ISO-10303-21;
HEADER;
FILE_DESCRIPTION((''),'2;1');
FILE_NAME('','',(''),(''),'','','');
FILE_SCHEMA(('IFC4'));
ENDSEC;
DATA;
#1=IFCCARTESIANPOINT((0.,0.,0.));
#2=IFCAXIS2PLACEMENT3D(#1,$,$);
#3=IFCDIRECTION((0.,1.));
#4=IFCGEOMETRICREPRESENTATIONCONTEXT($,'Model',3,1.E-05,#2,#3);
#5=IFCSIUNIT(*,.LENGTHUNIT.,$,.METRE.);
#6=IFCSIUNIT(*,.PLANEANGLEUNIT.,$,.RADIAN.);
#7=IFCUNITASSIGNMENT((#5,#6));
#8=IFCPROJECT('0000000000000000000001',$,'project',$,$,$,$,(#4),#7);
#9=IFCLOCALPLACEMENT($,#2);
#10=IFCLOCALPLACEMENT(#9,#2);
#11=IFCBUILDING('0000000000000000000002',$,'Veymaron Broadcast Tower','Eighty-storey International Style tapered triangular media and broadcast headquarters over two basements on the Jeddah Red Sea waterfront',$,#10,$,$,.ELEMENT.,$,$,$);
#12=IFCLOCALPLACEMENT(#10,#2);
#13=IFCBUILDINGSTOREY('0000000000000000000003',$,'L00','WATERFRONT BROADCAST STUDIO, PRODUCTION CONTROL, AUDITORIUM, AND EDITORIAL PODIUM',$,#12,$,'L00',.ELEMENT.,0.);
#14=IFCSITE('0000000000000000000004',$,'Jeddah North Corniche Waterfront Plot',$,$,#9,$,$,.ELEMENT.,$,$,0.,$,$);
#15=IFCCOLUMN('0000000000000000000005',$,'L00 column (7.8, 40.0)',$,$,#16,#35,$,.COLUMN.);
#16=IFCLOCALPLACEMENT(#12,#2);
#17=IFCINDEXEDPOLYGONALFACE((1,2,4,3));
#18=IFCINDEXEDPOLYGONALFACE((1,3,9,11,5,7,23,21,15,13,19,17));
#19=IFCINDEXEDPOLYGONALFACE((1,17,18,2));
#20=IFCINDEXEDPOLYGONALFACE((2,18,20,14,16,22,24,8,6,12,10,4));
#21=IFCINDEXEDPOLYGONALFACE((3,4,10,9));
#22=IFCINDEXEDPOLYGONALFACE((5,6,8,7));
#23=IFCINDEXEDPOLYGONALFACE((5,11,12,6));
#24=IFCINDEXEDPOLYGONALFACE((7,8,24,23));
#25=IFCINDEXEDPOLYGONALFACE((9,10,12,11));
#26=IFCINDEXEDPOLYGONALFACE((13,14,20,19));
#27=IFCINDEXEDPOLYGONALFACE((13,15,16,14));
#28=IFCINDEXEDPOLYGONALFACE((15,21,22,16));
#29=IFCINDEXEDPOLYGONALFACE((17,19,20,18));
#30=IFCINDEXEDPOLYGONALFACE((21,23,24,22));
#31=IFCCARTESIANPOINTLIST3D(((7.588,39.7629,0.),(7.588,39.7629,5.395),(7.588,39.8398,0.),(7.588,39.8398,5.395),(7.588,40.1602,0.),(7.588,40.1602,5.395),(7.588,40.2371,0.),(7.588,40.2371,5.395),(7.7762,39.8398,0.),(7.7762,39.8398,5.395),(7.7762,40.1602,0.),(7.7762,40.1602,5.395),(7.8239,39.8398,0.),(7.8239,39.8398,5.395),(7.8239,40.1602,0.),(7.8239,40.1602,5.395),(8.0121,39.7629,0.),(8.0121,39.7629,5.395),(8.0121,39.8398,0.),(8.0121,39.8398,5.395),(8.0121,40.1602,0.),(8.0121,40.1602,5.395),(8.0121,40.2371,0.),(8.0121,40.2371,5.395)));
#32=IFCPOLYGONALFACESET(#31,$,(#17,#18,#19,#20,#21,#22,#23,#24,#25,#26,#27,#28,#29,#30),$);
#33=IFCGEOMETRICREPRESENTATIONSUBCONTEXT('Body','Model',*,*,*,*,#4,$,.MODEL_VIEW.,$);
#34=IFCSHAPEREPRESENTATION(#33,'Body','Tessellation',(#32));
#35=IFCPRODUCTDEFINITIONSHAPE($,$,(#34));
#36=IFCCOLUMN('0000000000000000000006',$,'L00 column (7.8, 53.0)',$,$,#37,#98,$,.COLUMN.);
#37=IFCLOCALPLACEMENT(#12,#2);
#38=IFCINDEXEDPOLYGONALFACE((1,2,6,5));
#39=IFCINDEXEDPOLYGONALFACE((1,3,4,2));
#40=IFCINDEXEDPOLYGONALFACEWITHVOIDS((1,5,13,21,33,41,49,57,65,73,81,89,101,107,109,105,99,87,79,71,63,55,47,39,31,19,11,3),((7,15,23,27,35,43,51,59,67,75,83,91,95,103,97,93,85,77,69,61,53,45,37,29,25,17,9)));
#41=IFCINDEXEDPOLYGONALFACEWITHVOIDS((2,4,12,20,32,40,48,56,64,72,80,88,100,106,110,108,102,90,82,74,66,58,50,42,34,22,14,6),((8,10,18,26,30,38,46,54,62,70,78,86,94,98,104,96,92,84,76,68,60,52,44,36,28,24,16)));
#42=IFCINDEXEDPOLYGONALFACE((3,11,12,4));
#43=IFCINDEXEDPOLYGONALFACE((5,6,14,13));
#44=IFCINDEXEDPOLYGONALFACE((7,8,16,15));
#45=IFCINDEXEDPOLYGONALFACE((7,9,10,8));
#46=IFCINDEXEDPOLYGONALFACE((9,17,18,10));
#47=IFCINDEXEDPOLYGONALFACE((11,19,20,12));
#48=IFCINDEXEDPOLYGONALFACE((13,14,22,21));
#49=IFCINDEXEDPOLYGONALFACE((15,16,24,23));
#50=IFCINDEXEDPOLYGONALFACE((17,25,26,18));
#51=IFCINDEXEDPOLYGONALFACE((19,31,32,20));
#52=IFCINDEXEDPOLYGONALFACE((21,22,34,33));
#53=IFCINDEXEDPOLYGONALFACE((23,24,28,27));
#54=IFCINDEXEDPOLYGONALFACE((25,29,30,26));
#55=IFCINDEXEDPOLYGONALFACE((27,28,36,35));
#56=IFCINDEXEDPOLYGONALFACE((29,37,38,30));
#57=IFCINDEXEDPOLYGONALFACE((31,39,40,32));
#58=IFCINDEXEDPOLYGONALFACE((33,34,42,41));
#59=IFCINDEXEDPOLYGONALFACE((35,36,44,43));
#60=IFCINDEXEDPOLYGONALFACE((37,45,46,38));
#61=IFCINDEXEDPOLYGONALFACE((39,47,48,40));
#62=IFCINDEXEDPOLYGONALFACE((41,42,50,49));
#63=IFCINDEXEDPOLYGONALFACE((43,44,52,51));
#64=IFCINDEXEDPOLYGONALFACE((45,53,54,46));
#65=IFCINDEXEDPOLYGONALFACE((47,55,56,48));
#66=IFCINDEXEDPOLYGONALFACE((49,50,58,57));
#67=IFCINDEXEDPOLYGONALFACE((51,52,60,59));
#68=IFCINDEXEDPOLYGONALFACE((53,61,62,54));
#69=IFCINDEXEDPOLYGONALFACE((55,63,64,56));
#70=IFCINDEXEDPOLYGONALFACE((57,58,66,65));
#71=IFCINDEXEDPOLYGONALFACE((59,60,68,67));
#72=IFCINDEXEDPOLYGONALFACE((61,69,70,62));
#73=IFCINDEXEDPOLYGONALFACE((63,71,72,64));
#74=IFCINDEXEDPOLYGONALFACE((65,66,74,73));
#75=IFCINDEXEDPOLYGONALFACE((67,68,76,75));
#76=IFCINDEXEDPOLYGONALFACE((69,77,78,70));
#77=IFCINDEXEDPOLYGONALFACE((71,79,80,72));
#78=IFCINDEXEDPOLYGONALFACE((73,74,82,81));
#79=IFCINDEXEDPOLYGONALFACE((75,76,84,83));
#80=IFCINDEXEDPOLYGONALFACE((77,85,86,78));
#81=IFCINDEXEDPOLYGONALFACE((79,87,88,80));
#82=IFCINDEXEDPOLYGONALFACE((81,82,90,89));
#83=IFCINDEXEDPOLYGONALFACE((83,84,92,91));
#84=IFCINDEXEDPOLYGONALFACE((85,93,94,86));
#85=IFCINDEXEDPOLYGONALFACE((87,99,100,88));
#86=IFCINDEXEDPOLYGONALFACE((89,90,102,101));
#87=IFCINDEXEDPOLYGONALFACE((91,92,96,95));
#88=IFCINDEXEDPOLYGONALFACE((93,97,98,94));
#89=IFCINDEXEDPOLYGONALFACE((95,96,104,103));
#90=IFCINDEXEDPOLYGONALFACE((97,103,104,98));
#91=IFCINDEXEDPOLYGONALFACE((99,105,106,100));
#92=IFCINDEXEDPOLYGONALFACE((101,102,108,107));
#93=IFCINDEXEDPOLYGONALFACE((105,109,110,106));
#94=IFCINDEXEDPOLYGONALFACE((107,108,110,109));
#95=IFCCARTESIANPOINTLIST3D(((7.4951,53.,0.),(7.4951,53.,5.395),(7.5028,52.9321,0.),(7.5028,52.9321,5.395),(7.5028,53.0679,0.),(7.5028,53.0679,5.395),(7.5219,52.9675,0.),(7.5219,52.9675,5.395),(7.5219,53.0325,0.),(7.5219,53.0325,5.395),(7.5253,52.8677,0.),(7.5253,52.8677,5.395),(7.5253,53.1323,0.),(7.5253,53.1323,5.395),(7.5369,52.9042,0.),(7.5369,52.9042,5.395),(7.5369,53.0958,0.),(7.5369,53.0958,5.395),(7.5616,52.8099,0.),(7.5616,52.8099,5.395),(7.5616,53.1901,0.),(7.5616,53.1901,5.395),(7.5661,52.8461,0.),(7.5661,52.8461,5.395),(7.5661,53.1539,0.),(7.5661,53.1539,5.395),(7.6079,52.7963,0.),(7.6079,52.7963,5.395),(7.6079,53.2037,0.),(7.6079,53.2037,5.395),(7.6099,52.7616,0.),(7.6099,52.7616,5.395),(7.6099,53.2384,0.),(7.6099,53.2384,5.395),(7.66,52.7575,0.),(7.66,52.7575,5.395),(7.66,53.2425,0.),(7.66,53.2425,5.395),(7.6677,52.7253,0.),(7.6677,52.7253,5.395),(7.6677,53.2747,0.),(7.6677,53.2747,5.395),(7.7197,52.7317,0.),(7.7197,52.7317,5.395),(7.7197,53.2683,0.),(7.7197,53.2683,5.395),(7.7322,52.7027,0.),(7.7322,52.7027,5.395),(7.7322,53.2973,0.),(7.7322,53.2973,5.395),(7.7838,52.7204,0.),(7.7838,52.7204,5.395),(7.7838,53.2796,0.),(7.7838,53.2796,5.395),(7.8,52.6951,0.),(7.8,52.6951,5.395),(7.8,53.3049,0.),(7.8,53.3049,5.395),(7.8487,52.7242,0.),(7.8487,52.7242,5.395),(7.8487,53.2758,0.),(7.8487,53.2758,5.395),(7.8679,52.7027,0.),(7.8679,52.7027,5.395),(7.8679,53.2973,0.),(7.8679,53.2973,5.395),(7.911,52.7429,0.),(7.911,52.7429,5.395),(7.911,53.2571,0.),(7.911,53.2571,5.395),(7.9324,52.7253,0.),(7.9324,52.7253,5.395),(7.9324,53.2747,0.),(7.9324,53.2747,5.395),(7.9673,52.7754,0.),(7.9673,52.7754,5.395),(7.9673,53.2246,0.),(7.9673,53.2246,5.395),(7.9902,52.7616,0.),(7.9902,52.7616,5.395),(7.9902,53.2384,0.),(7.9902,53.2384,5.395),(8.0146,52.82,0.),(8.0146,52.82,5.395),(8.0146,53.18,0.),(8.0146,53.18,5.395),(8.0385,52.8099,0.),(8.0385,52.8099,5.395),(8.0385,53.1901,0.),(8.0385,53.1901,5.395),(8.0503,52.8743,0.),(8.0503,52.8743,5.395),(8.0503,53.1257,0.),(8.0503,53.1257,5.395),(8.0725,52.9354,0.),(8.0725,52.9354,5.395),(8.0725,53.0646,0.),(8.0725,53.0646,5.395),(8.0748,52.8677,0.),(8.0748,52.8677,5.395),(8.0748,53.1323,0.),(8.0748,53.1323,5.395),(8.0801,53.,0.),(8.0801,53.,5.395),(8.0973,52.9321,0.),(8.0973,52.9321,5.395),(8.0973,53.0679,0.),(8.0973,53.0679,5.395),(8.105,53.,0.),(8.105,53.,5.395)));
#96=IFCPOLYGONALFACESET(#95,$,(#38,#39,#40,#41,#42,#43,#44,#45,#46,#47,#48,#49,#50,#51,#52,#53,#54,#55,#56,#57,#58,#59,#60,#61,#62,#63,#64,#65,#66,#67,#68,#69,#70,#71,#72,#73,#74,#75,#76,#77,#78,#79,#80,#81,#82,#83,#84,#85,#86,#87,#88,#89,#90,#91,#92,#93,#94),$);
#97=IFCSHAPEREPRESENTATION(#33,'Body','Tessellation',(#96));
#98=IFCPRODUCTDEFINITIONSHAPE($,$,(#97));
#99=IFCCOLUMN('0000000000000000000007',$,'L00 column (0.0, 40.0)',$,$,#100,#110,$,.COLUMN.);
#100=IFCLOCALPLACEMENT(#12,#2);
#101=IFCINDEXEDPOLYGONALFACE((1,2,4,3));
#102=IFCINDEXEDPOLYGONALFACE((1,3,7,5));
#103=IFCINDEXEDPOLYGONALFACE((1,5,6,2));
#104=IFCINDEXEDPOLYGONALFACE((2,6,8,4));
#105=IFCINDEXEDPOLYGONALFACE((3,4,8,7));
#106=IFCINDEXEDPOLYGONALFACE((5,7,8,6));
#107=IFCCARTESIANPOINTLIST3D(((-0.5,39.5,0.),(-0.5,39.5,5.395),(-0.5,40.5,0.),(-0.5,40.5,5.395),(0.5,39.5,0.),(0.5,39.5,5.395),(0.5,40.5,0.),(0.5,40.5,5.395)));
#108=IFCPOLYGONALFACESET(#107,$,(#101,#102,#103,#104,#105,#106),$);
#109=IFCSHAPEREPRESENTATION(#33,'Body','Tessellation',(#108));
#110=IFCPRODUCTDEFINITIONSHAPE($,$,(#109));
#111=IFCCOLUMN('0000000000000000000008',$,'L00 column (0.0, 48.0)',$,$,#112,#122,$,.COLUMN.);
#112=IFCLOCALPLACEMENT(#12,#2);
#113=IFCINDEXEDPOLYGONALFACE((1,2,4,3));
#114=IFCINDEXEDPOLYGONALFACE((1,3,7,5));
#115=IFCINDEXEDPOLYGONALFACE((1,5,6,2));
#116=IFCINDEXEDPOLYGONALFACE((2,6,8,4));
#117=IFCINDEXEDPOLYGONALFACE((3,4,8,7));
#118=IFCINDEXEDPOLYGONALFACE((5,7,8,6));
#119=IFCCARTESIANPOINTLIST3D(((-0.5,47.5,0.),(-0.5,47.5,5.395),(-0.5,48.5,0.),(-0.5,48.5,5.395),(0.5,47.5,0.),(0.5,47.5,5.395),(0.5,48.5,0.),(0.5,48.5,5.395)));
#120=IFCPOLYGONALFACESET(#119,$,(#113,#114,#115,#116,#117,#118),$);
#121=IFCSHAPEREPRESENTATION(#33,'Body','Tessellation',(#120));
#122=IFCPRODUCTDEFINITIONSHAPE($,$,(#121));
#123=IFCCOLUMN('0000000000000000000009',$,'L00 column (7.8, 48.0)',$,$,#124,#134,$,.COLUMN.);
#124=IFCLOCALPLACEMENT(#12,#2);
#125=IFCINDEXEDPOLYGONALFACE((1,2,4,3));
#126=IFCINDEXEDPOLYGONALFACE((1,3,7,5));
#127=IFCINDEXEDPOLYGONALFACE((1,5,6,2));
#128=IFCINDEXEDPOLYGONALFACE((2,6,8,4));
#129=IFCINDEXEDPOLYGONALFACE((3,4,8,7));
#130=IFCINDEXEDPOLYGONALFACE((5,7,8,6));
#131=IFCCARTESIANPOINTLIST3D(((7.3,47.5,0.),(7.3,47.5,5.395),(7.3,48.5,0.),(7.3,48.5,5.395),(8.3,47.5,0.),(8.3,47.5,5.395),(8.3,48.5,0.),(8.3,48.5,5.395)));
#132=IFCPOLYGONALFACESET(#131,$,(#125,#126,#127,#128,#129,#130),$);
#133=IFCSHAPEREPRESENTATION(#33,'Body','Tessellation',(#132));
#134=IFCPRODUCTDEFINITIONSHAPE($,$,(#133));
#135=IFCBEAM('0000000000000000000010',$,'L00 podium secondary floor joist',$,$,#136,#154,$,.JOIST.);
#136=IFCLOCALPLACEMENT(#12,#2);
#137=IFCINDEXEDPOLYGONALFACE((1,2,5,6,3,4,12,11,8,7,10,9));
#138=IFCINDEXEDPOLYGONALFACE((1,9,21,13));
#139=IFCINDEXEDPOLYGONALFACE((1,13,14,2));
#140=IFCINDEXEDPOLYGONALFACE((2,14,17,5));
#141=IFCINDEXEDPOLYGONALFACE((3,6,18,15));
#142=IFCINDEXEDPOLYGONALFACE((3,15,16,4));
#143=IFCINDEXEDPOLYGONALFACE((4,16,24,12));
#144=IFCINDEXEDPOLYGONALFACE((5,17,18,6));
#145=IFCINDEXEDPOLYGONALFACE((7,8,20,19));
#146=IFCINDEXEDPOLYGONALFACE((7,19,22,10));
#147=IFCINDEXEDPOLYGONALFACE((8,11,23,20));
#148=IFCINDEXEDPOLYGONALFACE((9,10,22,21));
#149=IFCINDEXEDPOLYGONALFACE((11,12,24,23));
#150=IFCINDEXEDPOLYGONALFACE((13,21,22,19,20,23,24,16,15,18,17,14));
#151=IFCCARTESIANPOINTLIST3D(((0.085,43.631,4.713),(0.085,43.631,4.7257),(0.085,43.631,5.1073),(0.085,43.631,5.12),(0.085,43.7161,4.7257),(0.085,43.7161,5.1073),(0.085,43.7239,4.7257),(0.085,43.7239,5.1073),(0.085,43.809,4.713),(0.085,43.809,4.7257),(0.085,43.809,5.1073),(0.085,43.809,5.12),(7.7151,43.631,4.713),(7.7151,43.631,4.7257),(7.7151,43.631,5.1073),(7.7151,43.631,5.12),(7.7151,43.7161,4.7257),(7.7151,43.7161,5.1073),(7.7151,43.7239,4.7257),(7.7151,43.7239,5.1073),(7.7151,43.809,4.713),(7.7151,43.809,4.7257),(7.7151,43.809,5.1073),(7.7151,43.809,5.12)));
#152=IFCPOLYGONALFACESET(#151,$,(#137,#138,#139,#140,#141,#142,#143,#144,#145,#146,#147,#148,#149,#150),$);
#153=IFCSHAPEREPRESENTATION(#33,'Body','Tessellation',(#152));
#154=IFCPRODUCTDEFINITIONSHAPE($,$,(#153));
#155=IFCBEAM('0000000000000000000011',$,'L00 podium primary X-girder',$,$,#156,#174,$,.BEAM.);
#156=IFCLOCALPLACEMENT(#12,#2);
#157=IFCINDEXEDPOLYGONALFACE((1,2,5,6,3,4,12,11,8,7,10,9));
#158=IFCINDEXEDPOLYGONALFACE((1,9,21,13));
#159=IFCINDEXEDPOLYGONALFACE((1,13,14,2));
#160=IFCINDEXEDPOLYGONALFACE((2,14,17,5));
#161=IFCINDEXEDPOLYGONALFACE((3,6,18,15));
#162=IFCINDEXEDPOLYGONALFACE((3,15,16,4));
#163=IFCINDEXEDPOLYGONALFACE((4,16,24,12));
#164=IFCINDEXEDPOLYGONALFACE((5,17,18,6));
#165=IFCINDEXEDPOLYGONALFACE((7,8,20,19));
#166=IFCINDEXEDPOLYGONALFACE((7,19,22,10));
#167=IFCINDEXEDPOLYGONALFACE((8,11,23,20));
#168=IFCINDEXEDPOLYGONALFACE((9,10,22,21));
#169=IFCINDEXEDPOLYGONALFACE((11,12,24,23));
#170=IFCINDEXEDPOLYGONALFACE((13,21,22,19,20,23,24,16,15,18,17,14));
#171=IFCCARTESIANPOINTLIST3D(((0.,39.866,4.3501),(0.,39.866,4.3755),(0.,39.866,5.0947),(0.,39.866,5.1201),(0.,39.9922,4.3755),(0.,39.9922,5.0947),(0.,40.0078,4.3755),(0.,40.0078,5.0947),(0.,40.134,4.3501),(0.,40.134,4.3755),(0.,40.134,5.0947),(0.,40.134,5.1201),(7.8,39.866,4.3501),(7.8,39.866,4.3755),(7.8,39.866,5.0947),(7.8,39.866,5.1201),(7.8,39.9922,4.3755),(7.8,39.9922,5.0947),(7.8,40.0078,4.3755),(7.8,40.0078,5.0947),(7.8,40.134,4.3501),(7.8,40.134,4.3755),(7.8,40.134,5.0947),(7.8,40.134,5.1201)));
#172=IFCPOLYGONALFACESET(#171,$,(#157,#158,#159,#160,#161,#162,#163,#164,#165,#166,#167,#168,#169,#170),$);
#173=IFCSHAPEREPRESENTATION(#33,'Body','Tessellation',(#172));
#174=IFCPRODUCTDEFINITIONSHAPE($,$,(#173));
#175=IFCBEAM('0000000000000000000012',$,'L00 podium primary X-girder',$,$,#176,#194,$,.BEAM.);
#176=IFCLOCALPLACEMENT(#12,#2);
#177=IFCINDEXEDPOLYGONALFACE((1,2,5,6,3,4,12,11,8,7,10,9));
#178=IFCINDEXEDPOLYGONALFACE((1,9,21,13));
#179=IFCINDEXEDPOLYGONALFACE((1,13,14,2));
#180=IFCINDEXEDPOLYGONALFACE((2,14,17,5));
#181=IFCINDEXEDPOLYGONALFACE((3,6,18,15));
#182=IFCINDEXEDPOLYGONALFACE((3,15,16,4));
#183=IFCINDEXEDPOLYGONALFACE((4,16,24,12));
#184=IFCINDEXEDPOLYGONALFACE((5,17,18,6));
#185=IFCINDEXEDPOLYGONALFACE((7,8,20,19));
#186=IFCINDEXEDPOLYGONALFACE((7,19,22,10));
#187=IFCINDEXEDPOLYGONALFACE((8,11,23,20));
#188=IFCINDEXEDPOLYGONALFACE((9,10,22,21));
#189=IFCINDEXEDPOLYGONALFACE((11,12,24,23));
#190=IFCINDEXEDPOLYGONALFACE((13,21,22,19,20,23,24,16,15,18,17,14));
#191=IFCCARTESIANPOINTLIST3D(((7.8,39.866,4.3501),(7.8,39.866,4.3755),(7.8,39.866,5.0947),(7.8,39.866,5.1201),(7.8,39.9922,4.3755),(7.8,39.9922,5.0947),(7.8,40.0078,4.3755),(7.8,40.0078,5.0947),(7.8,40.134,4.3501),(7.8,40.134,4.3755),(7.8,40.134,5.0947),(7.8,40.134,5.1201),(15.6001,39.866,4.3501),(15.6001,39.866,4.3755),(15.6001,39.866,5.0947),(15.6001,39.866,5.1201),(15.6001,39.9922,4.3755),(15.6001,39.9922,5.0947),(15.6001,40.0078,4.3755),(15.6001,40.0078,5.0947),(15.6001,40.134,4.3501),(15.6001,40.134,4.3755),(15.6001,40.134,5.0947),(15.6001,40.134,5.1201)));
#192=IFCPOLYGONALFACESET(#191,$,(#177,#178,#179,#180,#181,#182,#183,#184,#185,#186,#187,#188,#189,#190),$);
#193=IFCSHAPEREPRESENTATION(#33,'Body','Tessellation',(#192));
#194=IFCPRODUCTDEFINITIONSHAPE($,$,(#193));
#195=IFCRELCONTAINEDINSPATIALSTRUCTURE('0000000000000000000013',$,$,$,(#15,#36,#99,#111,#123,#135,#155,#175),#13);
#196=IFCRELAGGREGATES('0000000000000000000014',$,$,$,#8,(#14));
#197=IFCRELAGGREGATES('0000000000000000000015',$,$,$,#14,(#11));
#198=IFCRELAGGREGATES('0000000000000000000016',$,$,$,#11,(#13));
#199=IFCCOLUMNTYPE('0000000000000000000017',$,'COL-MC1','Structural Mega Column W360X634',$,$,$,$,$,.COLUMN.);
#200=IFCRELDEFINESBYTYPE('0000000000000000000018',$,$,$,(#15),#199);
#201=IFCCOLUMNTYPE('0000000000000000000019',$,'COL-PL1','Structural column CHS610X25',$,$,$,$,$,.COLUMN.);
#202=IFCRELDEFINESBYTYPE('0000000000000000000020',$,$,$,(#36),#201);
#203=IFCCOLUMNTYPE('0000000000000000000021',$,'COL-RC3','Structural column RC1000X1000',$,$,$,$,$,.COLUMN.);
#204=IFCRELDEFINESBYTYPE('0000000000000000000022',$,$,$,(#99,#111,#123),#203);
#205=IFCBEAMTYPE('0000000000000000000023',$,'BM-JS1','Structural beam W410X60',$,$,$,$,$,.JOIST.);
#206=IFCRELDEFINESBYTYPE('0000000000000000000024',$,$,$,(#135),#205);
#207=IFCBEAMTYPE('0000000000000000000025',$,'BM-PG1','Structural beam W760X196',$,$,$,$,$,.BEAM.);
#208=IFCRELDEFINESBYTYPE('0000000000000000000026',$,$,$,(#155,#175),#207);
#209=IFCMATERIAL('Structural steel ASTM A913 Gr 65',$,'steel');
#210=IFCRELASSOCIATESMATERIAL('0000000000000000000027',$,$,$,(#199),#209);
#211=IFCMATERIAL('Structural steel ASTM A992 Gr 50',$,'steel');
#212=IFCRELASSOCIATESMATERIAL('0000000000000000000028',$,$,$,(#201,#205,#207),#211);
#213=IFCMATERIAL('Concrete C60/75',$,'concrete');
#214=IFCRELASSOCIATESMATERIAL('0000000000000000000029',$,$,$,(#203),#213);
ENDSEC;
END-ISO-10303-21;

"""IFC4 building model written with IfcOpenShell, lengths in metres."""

from ifc_helpers import new_model, si_unit, direction, frame, origin, origin_2d, place, context, subcontext, project, spatial, rectangle, hollow_circle, i_section, extrude, material, material_profile, profile_set, type_object, element, save


model = new_model("IFC4")

# Units and contexts
model_context = context("Model", 3, precision=1e-05, world=origin(), true_north=direction((0.0, 1.0)))
body_context = subcontext(model_context, "Body", "Model", "MODEL_VIEW")
ifc_project = project(units=[si_unit("LENGTHUNIT", "METRE"), si_unit("PLANEANGLEUNIT", "RADIAN")], contexts=[model_context])

# Site, building, storey
site_placement = place(None, origin())
site = spatial("IfcSite", under=ifc_project, at=site_placement, Name="Jeddah North Corniche Waterfront Plot", CompositionType="ELEMENT", RefElevation=0.0)
building_placement = place(site_placement, origin())
building = spatial("IfcBuilding", under=site, at=building_placement, Name="Veymaron Broadcast Tower", Description="Eighty-storey International Style tapered triangular media and broadcast headquarters over two basements on the Jeddah Red Sea waterfront", CompositionType="ELEMENT")
storey_placement = place(building_placement, origin())
storey = spatial("IfcBuildingStorey", under=building, at=storey_placement, Name="L00", Description="WATERFRONT BROADCAST STUDIO, PRODUCTION CONTROL, AUDITORIUM, AND EDITORIAL PODIUM", LongName="L00", CompositionType="ELEMENT", Elevation=0.0)

# Columns
ifc_material_1 = material(Name="Structural steel ASTM A913 Gr 65", Category="steel")
ifc_material_profile_1 = material_profile(ifc_material_1, i_section(OverallWidth=0.4241, OverallDepth=0.4741, WebThickness=0.0476, FlangeThickness=0.0769, at=origin_2d()), Name="W360X634")
ifc_profile_set_1 = profile_set([ifc_material_profile_1], Name="Structural steel ASTM A913 Gr 65")
column_type_1 = type_object("IfcColumnType", Name="COL-MC1", Description="Structural Mega Column W360X634", PredefinedType="COLUMN", material=ifc_profile_set_1)
column_1_placement = place(storey_placement, frame((7.8, 40.0, 0.0), z_axis=(0.0, 0.0, 1.0), x_axis=(1.0, 0.0, 0.0)))
element("IfcColumn", 1, at=column_1_placement, inside=storey, type_object=column_type_1, Name="L00 column (7.8, 40.0)", PredefinedType="COLUMN", context=body_context, shape_type="SweptSolid", body=[
    extrude(i_section(OverallWidth=0.4241, OverallDepth=0.4741, WebThickness=0.0476, FlangeThickness=0.0769, at=origin_2d()), origin(), (0.0, 0.0, 1.0), 5.395),
])
ifc_material_2 = material(Name="Structural steel ASTM A992 Gr 50", Category="steel")
ifc_material_profile_2 = material_profile(ifc_material_2, hollow_circle(Radius=0.3049, WallThickness=0.0249, at=origin_2d()), Name="CHS610X25")
ifc_profile_set_2 = profile_set([ifc_material_profile_2], Name="Structural steel ASTM A992 Gr 50")
column_type_2 = type_object("IfcColumnType", Name="COL-PL1", Description="Structural column CHS610X25", PredefinedType="COLUMN", material=ifc_profile_set_2)
column_2_placement = place(storey_placement, frame((7.8, 53.0, 0.0), z_axis=(0.0, 0.0, 1.0), x_axis=(1.0, 0.0, 0.0)))
element("IfcColumn", 2, at=column_2_placement, inside=storey, type_object=column_type_2, Name="L00 column (7.8, 53.0)", PredefinedType="COLUMN", context=body_context, shape_type="SweptSolid", body=[
    extrude(hollow_circle(Radius=0.3049, WallThickness=0.0249, at=origin_2d()), origin(), (0.0, 0.0, 1.0), 5.395),
])
ifc_material_3 = material(Name="Concrete C60/75", Category="concrete")
ifc_material_profile_3 = material_profile(ifc_material_3, rectangle(XDim=1.0, YDim=1.0, at=origin_2d()), Name="RC1000X1000")
ifc_profile_set_3 = profile_set([ifc_material_profile_3], Name="Concrete C60/75")
column_type_3 = type_object("IfcColumnType", Name="COL-RC3", Description="Structural column RC1000X1000", PredefinedType="COLUMN", material=ifc_profile_set_3)
for number, where, z_axis, x_axis, name in (
    (3, (0.0, 40.0, 0.0), (0.0, 0.0, 1.0), (1.0, 0.0, 0.0), "L00 column (0.0, 40.0)"),
    (4, (0.0, 48.0, 0.0), (0.0, 0.0, 1.0), (1.0, 0.0, 0.0), "L00 column (0.0, 48.0)"),
    (5, (7.8, 48.0, 0.0), (0.0, 0.0, 1.0), (1.0, 0.0, 0.0), "L00 column (7.8, 48.0)"),
):
    element("IfcColumn", number, at=place(storey_placement, frame(where, z_axis=z_axis, x_axis=x_axis)), inside=storey, type_object=column_type_3, Name=name, PredefinedType="COLUMN", context=body_context, shape_type="SweptSolid", body=[
        extrude(rectangle(XDim=1.0, YDim=1.0, at=origin_2d()), origin(), (0.0, 0.0, 1.0), 5.395),
    ])

# Beams
ifc_material_profile_4 = material_profile(ifc_material_2, i_section(OverallWidth=0.178, OverallDepth=0.407, WebThickness=0.0078, FlangeThickness=0.0127, at=origin_2d()), Name="W410X60")
ifc_profile_set_4 = profile_set([ifc_material_profile_4], Name="Structural steel ASTM A992 Gr 50")
beam_type_1 = type_object("IfcBeamType", Name="BM-JS1", Description="Structural beam W410X60", PredefinedType="JOIST", material=ifc_profile_set_4)
beam_1_placement = place(storey_placement, frame((0.085, 43.72, 4.9165), z_axis=(1.0, 0.0, 0.0), x_axis=(0.0, 1.0, 0.0)))
element("IfcBeam", 6, at=beam_1_placement, inside=storey, type_object=beam_type_1, Name="L00 podium secondary floor joist", PredefinedType="JOIST", context=body_context, shape_type="SweptSolid", body=[
    extrude(i_section(OverallWidth=0.178, OverallDepth=0.407, WebThickness=0.0078, FlangeThickness=0.0127, at=origin_2d()), origin(), (0.0, 0.0, 1.0), 7.6301),
])
ifc_material_profile_5 = material_profile(ifc_material_2, i_section(OverallWidth=0.2681, OverallDepth=0.77, WebThickness=0.0156, FlangeThickness=0.0254, at=origin_2d()), Name="W760X196")
ifc_profile_set_5 = profile_set([ifc_material_profile_5], Name="Structural steel ASTM A992 Gr 50")
beam_type_2 = type_object("IfcBeamType", Name="BM-PG1", Description="Structural beam W760X196", PredefinedType="BEAM", material=ifc_profile_set_5)
for number, where, z_axis, x_axis, name in (
    (7, (0.0, 40.0, 4.7351), (1.0, 0.0, 0.0), (0.0, 1.0, 0.0), "L00 podium primary X-girder"),
    (8, (7.8, 40.0, 4.7351), (1.0, 0.0, 0.0), (0.0, 1.0, 0.0), "L00 podium primary X-girder"),
):
    element("IfcBeam", number, at=place(storey_placement, frame(where, z_axis=z_axis, x_axis=x_axis)), inside=storey, type_object=beam_type_2, Name=name, PredefinedType="BEAM", context=body_context, shape_type="SweptSolid", body=[
        extrude(i_section(OverallWidth=0.2681, OverallDepth=0.77, WebThickness=0.0156, FlangeThickness=0.0254, at=origin_2d()), origin(), (0.0, 0.0, 1.0), 7.8),
    ])

save(model, "model.ifc")
